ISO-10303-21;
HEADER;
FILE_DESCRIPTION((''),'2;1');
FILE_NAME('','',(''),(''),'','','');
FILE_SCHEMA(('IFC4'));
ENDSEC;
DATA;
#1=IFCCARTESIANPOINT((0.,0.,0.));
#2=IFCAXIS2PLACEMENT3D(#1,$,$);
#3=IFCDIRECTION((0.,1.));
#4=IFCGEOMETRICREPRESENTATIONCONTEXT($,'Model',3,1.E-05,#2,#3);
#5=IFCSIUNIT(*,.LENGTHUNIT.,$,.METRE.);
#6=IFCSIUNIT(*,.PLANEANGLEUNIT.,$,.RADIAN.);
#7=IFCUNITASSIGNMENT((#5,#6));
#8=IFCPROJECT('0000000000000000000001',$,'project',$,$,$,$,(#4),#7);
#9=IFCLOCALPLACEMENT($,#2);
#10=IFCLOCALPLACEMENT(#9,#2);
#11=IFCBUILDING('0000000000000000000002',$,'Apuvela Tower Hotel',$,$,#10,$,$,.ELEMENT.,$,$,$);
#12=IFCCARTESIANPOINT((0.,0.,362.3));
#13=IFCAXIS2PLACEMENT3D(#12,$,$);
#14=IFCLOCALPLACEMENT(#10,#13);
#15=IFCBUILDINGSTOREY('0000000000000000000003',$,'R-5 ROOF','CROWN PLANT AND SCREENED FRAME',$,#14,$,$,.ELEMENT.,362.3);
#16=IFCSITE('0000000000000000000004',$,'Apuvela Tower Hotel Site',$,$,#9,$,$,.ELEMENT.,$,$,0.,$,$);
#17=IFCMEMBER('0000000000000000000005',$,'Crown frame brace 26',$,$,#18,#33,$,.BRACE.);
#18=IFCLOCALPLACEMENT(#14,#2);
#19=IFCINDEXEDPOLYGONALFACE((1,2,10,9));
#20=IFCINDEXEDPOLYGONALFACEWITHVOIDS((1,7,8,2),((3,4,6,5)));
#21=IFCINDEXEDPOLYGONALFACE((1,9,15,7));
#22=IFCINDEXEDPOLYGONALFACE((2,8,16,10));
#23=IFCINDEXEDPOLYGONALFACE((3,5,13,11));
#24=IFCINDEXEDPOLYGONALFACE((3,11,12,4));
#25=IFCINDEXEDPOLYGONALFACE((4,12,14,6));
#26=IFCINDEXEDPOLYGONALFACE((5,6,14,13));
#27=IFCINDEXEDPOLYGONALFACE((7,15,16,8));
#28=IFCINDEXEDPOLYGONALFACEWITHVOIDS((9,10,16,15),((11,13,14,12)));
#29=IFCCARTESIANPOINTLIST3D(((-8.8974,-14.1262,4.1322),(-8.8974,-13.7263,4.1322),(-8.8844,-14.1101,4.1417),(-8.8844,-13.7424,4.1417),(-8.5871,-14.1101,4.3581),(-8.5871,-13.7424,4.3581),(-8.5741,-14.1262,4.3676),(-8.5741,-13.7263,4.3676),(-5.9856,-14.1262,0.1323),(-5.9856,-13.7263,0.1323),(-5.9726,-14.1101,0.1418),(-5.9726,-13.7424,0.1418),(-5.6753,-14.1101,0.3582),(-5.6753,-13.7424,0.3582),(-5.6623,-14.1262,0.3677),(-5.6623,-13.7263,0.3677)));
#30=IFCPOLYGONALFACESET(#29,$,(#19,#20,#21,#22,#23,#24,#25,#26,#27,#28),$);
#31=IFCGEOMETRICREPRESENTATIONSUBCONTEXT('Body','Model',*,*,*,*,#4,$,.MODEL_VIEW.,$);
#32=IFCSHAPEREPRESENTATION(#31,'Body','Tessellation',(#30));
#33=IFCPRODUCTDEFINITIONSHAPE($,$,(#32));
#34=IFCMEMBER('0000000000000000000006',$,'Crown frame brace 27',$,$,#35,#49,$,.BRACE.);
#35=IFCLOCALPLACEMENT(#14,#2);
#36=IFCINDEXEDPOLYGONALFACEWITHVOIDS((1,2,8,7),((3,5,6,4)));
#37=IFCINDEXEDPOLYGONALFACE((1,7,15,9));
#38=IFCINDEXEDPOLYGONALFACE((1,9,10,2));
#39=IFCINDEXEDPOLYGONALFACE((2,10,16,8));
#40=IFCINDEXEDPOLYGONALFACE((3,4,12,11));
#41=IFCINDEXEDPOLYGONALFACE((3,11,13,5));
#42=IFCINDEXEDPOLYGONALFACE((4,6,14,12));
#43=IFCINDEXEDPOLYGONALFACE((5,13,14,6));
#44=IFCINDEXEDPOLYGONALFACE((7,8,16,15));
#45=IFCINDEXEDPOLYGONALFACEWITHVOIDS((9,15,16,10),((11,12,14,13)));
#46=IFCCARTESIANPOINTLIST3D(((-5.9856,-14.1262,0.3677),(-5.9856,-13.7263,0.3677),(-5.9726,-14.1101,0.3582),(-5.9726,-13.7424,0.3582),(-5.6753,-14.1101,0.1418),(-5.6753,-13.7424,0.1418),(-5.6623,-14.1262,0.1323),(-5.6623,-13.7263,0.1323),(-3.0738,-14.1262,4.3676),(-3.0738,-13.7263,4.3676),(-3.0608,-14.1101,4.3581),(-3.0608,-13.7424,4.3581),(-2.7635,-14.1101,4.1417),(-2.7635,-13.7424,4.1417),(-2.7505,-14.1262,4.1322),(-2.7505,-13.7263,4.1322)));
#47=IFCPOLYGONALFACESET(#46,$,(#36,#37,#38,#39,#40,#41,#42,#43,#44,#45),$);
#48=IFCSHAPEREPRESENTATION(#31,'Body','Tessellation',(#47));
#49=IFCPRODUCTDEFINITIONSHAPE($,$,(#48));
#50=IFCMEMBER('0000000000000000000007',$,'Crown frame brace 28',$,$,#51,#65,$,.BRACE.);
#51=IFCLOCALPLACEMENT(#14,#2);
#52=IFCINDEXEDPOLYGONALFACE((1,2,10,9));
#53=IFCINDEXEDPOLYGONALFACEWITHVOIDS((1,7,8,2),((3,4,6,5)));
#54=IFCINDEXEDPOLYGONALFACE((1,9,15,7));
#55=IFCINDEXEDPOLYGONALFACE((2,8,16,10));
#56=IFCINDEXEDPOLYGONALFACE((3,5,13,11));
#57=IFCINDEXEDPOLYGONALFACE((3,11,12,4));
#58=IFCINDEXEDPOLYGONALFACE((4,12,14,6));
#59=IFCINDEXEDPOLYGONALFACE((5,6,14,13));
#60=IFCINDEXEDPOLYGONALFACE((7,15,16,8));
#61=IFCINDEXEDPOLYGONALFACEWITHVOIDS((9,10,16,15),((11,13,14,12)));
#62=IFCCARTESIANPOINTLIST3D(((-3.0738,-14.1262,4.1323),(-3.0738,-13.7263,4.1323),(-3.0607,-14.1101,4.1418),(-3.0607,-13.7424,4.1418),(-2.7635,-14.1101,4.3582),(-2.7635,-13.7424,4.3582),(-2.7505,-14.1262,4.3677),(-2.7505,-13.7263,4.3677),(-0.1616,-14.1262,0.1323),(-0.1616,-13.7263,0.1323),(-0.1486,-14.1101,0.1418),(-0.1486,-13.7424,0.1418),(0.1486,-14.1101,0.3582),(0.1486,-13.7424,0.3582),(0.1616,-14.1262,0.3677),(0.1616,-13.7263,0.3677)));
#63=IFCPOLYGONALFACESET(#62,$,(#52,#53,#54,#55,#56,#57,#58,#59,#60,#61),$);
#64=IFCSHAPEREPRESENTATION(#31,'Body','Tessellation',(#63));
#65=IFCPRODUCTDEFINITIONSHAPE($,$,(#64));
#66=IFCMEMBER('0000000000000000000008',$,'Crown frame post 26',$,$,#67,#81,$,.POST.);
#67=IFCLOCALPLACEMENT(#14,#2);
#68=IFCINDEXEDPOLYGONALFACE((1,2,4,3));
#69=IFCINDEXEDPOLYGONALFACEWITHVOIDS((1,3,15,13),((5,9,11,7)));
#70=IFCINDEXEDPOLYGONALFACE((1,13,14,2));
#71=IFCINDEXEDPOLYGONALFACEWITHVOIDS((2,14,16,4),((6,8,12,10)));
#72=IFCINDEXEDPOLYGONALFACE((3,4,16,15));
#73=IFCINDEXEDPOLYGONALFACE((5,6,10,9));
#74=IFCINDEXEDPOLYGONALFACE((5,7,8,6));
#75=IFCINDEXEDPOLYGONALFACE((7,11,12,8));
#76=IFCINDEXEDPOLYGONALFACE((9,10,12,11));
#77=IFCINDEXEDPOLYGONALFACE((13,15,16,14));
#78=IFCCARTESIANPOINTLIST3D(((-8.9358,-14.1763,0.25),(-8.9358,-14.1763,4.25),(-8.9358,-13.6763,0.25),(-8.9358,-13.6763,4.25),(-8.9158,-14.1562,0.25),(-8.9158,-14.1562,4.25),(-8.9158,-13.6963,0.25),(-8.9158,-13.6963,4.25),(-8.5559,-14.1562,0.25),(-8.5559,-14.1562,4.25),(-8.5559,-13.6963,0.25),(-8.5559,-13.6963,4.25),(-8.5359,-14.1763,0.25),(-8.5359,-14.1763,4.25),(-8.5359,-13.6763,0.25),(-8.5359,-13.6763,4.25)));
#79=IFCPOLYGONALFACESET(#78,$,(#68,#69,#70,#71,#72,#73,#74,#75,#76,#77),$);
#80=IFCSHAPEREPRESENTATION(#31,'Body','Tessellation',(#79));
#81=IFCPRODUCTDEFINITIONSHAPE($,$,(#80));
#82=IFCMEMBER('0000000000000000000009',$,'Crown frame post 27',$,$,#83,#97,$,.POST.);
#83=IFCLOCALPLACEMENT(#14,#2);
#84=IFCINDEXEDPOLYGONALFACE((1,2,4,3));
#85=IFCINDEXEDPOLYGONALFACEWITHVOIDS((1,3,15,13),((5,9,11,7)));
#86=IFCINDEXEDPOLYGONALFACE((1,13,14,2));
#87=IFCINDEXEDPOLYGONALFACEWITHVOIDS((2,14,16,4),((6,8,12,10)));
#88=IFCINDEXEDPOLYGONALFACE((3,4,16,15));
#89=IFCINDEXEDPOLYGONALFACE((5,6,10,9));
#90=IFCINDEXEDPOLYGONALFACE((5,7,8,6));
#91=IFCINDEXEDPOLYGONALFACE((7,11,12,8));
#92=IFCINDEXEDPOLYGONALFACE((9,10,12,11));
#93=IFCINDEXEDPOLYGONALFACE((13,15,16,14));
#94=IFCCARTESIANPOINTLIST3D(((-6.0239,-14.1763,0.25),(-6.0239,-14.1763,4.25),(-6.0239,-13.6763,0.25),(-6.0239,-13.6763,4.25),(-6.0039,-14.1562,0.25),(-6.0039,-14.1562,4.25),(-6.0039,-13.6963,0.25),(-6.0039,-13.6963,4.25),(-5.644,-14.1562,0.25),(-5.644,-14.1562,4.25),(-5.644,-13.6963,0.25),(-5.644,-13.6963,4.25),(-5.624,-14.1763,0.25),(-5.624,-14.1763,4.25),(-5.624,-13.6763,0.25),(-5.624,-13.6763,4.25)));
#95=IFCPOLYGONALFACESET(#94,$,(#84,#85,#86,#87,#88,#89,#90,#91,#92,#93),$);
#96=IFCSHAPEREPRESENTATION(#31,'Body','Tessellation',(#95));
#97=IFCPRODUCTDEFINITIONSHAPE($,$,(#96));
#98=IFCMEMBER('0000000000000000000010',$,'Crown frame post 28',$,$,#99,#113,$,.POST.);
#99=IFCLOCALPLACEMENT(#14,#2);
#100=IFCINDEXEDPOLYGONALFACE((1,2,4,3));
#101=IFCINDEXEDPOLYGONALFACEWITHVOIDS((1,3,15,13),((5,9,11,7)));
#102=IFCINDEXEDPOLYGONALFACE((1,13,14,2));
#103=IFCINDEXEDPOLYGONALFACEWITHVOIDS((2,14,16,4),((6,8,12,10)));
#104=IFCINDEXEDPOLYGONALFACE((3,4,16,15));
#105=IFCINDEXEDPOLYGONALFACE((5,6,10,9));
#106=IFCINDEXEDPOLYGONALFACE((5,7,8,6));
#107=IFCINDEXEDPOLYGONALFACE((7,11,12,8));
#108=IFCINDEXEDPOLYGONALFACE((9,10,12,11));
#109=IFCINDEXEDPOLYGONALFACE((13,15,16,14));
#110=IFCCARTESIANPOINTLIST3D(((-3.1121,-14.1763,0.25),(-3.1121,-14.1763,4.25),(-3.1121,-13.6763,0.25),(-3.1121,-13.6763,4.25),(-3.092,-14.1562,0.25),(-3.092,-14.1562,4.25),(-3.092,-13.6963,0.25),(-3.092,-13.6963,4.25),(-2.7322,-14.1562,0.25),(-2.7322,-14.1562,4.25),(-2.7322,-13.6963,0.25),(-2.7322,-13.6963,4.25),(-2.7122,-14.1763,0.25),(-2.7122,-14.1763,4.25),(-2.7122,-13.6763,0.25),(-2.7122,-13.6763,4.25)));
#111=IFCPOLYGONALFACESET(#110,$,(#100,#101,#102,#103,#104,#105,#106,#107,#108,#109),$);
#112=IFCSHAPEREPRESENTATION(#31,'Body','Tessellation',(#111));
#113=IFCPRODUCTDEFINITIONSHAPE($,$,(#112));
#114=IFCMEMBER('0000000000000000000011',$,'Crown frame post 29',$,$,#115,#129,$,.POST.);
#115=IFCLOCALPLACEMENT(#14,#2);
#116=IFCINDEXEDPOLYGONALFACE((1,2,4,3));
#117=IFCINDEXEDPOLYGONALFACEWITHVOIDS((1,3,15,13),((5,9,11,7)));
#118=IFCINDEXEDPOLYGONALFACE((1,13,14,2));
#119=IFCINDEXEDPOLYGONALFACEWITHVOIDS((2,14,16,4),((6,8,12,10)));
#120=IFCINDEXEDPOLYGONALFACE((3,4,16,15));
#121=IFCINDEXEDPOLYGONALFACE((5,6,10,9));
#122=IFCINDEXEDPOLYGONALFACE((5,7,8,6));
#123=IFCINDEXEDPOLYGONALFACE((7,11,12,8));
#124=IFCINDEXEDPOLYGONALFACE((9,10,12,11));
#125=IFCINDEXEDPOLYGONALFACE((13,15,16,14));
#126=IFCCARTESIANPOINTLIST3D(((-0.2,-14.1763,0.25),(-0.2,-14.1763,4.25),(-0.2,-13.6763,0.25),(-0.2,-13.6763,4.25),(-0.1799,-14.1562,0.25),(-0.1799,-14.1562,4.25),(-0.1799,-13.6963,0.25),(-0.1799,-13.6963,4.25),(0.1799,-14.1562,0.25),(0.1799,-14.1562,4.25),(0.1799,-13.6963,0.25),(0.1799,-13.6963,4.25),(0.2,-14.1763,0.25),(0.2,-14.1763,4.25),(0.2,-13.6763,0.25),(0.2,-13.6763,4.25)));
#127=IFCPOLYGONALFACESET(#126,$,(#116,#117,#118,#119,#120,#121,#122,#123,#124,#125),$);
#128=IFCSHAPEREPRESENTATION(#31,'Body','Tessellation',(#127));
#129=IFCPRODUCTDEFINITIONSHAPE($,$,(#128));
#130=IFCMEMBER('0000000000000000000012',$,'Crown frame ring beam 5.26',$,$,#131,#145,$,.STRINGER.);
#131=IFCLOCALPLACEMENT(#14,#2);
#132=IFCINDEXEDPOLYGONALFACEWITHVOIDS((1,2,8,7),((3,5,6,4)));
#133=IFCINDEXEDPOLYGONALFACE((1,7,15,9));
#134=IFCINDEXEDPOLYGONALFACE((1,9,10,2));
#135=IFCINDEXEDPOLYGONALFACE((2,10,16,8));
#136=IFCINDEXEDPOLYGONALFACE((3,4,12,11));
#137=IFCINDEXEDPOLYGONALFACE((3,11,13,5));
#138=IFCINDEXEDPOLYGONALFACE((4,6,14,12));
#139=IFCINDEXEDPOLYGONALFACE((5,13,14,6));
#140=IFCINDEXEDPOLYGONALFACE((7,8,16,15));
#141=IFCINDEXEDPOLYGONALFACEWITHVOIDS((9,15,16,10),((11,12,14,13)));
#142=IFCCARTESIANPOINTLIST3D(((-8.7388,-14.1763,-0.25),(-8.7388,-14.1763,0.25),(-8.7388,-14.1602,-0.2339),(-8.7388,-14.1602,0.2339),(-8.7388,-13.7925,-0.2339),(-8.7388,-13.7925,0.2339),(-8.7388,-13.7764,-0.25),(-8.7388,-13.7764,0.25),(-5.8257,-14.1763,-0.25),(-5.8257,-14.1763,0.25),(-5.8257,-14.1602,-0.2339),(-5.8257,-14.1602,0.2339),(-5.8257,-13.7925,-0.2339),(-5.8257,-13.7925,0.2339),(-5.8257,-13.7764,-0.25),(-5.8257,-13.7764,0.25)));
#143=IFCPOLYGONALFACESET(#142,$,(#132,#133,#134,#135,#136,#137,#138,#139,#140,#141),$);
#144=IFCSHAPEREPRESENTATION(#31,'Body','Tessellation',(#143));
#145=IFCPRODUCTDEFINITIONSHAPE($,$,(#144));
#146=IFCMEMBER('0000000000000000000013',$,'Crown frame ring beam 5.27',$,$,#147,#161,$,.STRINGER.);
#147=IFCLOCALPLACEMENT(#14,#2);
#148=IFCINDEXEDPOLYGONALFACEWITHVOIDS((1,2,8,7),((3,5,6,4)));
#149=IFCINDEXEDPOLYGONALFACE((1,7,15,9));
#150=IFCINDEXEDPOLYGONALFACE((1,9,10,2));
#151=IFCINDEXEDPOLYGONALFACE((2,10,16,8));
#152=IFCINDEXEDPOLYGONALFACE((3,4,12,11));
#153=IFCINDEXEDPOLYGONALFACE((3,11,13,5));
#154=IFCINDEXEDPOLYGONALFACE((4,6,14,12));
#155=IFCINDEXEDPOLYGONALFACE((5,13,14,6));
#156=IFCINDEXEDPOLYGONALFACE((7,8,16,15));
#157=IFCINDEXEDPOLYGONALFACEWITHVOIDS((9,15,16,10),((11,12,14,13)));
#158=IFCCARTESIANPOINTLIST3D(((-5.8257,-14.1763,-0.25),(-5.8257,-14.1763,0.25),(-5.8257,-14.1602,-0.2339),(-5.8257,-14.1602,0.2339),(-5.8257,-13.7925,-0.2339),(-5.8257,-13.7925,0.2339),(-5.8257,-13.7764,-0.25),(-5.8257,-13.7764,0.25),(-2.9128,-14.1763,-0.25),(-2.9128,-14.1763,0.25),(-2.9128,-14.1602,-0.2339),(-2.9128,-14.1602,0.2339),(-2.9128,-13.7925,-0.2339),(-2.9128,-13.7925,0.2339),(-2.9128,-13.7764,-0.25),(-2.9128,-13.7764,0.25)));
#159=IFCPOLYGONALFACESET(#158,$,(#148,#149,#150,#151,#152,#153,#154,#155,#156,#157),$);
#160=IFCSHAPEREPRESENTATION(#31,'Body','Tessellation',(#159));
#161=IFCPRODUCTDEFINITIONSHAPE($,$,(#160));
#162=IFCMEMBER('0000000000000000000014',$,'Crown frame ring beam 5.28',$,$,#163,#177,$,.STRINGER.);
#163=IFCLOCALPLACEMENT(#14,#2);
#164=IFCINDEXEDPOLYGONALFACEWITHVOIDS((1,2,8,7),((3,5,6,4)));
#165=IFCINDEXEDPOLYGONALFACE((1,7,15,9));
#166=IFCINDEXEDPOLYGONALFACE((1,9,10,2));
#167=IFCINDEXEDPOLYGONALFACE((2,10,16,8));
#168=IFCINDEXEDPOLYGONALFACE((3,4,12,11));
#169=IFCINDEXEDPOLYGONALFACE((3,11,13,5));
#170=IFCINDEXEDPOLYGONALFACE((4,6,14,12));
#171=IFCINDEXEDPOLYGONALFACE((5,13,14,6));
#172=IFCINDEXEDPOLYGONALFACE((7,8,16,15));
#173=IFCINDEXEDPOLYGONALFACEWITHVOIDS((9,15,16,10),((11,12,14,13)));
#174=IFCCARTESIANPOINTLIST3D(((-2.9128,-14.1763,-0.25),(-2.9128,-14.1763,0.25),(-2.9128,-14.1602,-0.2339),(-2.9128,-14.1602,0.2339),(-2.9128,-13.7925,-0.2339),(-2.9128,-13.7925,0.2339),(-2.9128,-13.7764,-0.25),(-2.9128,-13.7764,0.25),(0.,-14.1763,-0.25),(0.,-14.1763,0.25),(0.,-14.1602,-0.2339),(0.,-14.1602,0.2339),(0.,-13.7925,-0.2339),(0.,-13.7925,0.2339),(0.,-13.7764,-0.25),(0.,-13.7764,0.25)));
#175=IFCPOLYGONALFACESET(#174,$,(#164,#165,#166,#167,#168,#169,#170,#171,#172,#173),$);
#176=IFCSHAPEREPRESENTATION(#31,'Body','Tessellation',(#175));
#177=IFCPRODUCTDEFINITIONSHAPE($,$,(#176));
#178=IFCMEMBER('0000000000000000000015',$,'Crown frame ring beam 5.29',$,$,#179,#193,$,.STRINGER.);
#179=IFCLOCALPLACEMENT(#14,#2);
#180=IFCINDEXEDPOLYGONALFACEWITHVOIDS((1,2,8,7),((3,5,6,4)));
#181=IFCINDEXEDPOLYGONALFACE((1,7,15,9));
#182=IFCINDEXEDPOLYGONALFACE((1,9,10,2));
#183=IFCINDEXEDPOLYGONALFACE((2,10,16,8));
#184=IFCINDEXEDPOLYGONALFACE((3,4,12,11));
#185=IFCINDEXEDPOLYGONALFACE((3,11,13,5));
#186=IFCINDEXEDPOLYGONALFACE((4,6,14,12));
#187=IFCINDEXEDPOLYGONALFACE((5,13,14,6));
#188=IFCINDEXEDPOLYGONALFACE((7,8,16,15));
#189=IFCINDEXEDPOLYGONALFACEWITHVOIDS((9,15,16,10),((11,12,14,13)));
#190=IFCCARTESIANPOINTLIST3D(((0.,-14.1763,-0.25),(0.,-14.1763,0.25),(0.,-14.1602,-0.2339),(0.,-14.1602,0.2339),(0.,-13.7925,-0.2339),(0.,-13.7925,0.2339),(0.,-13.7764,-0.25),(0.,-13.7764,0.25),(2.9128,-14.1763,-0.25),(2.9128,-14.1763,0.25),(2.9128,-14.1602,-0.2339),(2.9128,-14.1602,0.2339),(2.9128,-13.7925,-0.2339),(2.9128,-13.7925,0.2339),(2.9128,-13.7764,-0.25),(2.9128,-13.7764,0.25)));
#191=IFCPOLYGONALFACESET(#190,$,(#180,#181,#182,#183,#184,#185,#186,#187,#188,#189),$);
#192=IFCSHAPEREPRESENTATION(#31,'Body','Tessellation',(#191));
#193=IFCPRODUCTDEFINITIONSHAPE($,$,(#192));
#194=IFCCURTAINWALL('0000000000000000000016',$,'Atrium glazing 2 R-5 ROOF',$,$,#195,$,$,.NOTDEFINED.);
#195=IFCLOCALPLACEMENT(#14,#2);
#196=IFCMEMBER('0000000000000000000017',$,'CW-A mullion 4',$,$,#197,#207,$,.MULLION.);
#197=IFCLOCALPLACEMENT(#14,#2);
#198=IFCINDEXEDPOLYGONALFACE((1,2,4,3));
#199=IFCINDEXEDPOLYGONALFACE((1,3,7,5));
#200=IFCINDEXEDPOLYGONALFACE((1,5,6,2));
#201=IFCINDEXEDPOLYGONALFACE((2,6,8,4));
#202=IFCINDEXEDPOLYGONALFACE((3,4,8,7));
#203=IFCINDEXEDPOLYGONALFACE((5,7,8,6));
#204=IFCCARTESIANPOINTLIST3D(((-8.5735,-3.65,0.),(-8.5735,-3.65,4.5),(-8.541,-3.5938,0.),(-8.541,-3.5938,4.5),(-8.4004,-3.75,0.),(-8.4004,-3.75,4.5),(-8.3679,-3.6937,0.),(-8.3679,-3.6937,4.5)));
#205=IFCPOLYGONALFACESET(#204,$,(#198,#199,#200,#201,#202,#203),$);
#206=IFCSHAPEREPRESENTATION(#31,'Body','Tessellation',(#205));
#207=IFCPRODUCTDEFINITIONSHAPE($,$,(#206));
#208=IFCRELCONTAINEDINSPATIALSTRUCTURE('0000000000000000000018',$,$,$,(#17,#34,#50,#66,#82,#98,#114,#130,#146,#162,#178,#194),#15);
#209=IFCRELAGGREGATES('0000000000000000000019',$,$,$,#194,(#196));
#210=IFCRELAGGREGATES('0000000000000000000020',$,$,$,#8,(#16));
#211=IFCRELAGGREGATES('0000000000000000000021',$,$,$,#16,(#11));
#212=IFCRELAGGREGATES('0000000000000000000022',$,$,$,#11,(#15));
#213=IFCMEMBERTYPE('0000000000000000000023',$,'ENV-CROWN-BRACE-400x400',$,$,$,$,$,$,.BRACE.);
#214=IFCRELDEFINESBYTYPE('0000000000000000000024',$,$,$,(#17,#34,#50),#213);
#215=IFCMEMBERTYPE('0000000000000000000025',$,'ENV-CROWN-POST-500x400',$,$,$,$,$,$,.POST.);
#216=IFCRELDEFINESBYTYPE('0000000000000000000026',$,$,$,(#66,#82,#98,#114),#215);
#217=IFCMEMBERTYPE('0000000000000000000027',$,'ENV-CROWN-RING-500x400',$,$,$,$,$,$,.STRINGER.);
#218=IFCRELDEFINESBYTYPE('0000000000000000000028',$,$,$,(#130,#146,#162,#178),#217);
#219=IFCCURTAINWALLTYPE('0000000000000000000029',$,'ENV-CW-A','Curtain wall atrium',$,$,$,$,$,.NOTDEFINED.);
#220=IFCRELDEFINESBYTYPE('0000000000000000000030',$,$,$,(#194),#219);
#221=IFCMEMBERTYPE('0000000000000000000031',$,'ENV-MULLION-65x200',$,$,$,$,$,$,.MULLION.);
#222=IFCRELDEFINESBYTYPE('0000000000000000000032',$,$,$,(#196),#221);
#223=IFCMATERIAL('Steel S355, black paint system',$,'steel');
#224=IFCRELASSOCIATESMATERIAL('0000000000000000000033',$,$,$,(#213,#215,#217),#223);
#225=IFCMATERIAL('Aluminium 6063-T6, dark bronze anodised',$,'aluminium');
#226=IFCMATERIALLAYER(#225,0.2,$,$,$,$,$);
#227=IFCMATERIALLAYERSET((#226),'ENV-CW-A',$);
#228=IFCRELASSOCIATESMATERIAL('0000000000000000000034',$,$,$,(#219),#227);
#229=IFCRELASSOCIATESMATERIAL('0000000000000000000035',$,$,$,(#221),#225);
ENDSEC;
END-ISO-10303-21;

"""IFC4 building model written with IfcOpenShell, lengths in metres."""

from ifc_helpers import new_model, si_unit, direction, frame, origin, origin_2d, place, context, subcontext, project, spatial, rectangle, hollow_rectangle, extrude, material, layer, layer_set, material_profile, profile_set, type_object, element, aggregate, save


model = new_model("IFC4")

# Units and contexts
model_context = context("Model", 3, precision=1e-05, world=origin(), true_north=direction((0.0, 1.0)))
body_context = subcontext(model_context, "Body", "Model", "MODEL_VIEW")
ifc_project = project(units=[si_unit("LENGTHUNIT", "METRE"), si_unit("PLANEANGLEUNIT", "RADIAN")], contexts=[model_context])

# Site, building, storey
site_placement = place(None, origin())
site = spatial("IfcSite", under=ifc_project, at=site_placement, Name="Apuvela Tower Hotel Site", CompositionType="ELEMENT", RefElevation=0.0)
building_placement = place(site_placement, origin())
building = spatial("IfcBuilding", under=site, at=building_placement, Name="Apuvela Tower Hotel", CompositionType="ELEMENT")
storey_placement = place(building_placement, frame((0.0, 0.0, 362.3)))
storey = spatial("IfcBuildingStorey", under=building, at=storey_placement, Name="R-5 ROOF", Description="CROWN PLANT AND SCREENED FRAME", CompositionType="ELEMENT", Elevation=362.3)

# Members
ifc_material_1 = material(Name="Steel S355, black paint system", Category="steel")
ifc_material_profile_1 = material_profile(ifc_material_1, hollow_rectangle(XDim=0.3999, YDim=0.3999, WallThickness=0.0161, at=origin_2d()), Name="HSS 400x400x16")
ifc_profile_set_1 = profile_set([ifc_material_profile_1], Name="Steel S355, black paint system")
member_type_1 = type_object("IfcMemberType", Name="ENV-CROWN-BRACE-400x400", PredefinedType="BRACE", material=ifc_profile_set_1)
for number, where, z_axis, x_axis, name in (
    (1, (-5.824, -13.9263, 0.25), (-0.588538, 0.0, 0.808469), (0.0, -1.0, 0.0), "Crown frame brace 26"),
    (2, (-5.824, -13.9263, 0.25), (0.588538, 0.0, 0.808469), (0.0, 1.0, 0.0), "Crown frame brace 27"),
):
    element("IfcMember", number, at=place(storey_placement, frame(where, z_axis=z_axis, x_axis=x_axis)), inside=storey, type_object=member_type_1, Name=name, PredefinedType="BRACE", context=body_context, shape_type="SweptSolid", body=[
        extrude(hollow_rectangle(XDim=0.3999, YDim=0.3999, WallThickness=0.0161, at=origin_2d()), origin(), (0.0, 0.0, 1.0), 4.9475),
    ])
member_1_placement = place(storey_placement, frame((0.0, -13.9263, 0.25), z_axis=(-0.588571, 0.0, 0.808446), x_axis=(0.0, -1.0, 0.0)))
element("IfcMember", 3, at=member_1_placement, inside=storey, type_object=member_type_1, Name="Crown frame brace 28", PredefinedType="BRACE", context=body_context, shape_type="SweptSolid", body=[
    extrude(hollow_rectangle(XDim=0.3999, YDim=0.3999, WallThickness=0.0161, at=origin_2d()), origin(), (0.0, 0.0, 1.0), 4.9478),
])
ifc_material_profile_2 = material_profile(ifc_material_1, hollow_rectangle(XDim=0.3999, YDim=0.5, WallThickness=0.02, at=origin_2d()), Name="HSS 500x400x20")
ifc_profile_set_2 = profile_set([ifc_material_profile_2], Name="Steel S355, black paint system")
member_type_2 = type_object("IfcMemberType", Name="ENV-CROWN-POST-500x400", PredefinedType="POST", material=ifc_profile_set_2)
for number, where, z_axis, x_axis, name in (
    (4, (-8.7358, -13.9263, 0.25), (0.0, 0.0, 1.0), (1.0, 0.0, 0.0), "Crown frame post 26"),
    (5, (-5.824, -13.9263, 0.25), (0.0, 0.0, 1.0), (1.0, 0.0, 0.0), "Crown frame post 27"),
    (6, (-2.9121, -13.9263, 0.25), (0.0, 0.0, 1.0), (1.0, 0.0, 0.0), "Crown frame post 28"),
    (7, (0.0, -13.9263, 0.25), (0.0, 0.0, 1.0), (1.0, 0.0, 0.0), "Crown frame post 29"),
):
    element("IfcMember", number, at=place(storey_placement, frame(where, z_axis=z_axis, x_axis=x_axis)), inside=storey, type_object=member_type_2, Name=name, PredefinedType="POST", context=body_context, shape_type="SweptSolid", body=[
        extrude(hollow_rectangle(XDim=0.3999, YDim=0.5, WallThickness=0.02, at=origin_2d()), origin(), (0.0, 0.0, 1.0), 4.0),
    ])
ifc_material_profile_3 = material_profile(ifc_material_1, hollow_rectangle(XDim=0.3999, YDim=0.5, WallThickness=0.0161, at=origin_2d()), Name="HSS 500x400x16")
ifc_profile_set_3 = profile_set([ifc_material_profile_3], Name="Steel S355, black paint system")
member_type_3 = type_object("IfcMemberType", Name="ENV-CROWN-RING-500x400", PredefinedType="STRINGER", material=ifc_profile_set_3)
member_2_placement = place(storey_placement, frame((-8.7388, -13.9763, 0.0), z_axis=(1.0, 0.0, 0.0), x_axis=(0.0, 1.0, 0.0)))
element("IfcMember", 8, at=member_2_placement, inside=storey, type_object=member_type_3, Name="Crown frame ring beam 5.26", PredefinedType="STRINGER", context=body_context, shape_type="SweptSolid", body=[
    extrude(hollow_rectangle(XDim=0.3999, YDim=0.5, WallThickness=0.0161, at=origin_2d()), origin(), (0.0, 0.0, 1.0), 2.9131),
])
for number, where, z_axis, x_axis, name in (
    (9, (-5.8257, -13.9763, 0.0), (1.0, 0.0, 0.0), (0.0, 1.0, 0.0), "Crown frame ring beam 5.27"),
    (10, (-2.9128, -13.9763, 0.0), (1.0, 0.0, 0.0), (0.0, 1.0, 0.0), "Crown frame ring beam 5.28"),
    (11, (0.0, -13.9763, 0.0), (1.0, 0.0, 0.0), (0.0, 1.0, 0.0), "Crown frame ring beam 5.29"),
):
    element("IfcMember", number, at=place(storey_placement, frame(where, z_axis=z_axis, x_axis=x_axis)), inside=storey, type_object=member_type_3, Name=name, PredefinedType="STRINGER", context=body_context, shape_type="SweptSolid", body=[
        extrude(hollow_rectangle(XDim=0.3999, YDim=0.5, WallThickness=0.0161, at=origin_2d()), origin(), (0.0, 0.0, 1.0), 2.9128),
    ])

# Curtain wall, member
ifc_material_2 = material(Name="Aluminium 6063-T6, dark bronze anodised", Category="aluminium")
ifc_layer_1 = layer(ifc_material_2, 0.2)
ifc_layer_set_1 = layer_set([ifc_layer_1], Name="ENV-CW-A")
curtain_wall_type = type_object("IfcCurtainWallType", Name="ENV-CW-A", Description="Curtain wall atrium", PredefinedType="NOTDEFINED", material=ifc_layer_set_1)
curtain_wall_1_placement = place(storey_placement, origin())
curtain_wall_1 = element("IfcCurtainWall", 12, at=curtain_wall_1_placement, inside=storey, type_object=curtain_wall_type, Name="Atrium glazing 2 R-5 ROOF", PredefinedType="NOTDEFINED")
ifc_material_profile_4 = material_profile(ifc_material_2, rectangle(XDim=0.2, YDim=0.0649, at=origin_2d()), Name="AL 65x200")
ifc_profile_set_4 = profile_set([ifc_material_profile_4], Name="Aluminium 6063-T6, dark bronze anodised")
member_type_4 = type_object("IfcMemberType", Name="ENV-MULLION-65x200", PredefinedType="MULLION", material=ifc_profile_set_4)
member_3_placement = place(storey_placement, frame((-8.4707, -3.6719, 0.0), z_axis=(0.0, 0.0, 1.0), x_axis=(0.866026, -0.499999, 0.0)))
member_3 = element("IfcMember", 13, at=member_3_placement, type_object=member_type_4, Name="CW-A mullion 4", PredefinedType="MULLION", context=body_context, shape_type="SweptSolid", body=[
    extrude(rectangle(XDim=0.2, YDim=0.0649, at=origin_2d()), origin(), (0.0, 0.0, 1.0), 4.5),
])

aggregate(curtain_wall_1, [member_3])

save(model, "model.ifc")
